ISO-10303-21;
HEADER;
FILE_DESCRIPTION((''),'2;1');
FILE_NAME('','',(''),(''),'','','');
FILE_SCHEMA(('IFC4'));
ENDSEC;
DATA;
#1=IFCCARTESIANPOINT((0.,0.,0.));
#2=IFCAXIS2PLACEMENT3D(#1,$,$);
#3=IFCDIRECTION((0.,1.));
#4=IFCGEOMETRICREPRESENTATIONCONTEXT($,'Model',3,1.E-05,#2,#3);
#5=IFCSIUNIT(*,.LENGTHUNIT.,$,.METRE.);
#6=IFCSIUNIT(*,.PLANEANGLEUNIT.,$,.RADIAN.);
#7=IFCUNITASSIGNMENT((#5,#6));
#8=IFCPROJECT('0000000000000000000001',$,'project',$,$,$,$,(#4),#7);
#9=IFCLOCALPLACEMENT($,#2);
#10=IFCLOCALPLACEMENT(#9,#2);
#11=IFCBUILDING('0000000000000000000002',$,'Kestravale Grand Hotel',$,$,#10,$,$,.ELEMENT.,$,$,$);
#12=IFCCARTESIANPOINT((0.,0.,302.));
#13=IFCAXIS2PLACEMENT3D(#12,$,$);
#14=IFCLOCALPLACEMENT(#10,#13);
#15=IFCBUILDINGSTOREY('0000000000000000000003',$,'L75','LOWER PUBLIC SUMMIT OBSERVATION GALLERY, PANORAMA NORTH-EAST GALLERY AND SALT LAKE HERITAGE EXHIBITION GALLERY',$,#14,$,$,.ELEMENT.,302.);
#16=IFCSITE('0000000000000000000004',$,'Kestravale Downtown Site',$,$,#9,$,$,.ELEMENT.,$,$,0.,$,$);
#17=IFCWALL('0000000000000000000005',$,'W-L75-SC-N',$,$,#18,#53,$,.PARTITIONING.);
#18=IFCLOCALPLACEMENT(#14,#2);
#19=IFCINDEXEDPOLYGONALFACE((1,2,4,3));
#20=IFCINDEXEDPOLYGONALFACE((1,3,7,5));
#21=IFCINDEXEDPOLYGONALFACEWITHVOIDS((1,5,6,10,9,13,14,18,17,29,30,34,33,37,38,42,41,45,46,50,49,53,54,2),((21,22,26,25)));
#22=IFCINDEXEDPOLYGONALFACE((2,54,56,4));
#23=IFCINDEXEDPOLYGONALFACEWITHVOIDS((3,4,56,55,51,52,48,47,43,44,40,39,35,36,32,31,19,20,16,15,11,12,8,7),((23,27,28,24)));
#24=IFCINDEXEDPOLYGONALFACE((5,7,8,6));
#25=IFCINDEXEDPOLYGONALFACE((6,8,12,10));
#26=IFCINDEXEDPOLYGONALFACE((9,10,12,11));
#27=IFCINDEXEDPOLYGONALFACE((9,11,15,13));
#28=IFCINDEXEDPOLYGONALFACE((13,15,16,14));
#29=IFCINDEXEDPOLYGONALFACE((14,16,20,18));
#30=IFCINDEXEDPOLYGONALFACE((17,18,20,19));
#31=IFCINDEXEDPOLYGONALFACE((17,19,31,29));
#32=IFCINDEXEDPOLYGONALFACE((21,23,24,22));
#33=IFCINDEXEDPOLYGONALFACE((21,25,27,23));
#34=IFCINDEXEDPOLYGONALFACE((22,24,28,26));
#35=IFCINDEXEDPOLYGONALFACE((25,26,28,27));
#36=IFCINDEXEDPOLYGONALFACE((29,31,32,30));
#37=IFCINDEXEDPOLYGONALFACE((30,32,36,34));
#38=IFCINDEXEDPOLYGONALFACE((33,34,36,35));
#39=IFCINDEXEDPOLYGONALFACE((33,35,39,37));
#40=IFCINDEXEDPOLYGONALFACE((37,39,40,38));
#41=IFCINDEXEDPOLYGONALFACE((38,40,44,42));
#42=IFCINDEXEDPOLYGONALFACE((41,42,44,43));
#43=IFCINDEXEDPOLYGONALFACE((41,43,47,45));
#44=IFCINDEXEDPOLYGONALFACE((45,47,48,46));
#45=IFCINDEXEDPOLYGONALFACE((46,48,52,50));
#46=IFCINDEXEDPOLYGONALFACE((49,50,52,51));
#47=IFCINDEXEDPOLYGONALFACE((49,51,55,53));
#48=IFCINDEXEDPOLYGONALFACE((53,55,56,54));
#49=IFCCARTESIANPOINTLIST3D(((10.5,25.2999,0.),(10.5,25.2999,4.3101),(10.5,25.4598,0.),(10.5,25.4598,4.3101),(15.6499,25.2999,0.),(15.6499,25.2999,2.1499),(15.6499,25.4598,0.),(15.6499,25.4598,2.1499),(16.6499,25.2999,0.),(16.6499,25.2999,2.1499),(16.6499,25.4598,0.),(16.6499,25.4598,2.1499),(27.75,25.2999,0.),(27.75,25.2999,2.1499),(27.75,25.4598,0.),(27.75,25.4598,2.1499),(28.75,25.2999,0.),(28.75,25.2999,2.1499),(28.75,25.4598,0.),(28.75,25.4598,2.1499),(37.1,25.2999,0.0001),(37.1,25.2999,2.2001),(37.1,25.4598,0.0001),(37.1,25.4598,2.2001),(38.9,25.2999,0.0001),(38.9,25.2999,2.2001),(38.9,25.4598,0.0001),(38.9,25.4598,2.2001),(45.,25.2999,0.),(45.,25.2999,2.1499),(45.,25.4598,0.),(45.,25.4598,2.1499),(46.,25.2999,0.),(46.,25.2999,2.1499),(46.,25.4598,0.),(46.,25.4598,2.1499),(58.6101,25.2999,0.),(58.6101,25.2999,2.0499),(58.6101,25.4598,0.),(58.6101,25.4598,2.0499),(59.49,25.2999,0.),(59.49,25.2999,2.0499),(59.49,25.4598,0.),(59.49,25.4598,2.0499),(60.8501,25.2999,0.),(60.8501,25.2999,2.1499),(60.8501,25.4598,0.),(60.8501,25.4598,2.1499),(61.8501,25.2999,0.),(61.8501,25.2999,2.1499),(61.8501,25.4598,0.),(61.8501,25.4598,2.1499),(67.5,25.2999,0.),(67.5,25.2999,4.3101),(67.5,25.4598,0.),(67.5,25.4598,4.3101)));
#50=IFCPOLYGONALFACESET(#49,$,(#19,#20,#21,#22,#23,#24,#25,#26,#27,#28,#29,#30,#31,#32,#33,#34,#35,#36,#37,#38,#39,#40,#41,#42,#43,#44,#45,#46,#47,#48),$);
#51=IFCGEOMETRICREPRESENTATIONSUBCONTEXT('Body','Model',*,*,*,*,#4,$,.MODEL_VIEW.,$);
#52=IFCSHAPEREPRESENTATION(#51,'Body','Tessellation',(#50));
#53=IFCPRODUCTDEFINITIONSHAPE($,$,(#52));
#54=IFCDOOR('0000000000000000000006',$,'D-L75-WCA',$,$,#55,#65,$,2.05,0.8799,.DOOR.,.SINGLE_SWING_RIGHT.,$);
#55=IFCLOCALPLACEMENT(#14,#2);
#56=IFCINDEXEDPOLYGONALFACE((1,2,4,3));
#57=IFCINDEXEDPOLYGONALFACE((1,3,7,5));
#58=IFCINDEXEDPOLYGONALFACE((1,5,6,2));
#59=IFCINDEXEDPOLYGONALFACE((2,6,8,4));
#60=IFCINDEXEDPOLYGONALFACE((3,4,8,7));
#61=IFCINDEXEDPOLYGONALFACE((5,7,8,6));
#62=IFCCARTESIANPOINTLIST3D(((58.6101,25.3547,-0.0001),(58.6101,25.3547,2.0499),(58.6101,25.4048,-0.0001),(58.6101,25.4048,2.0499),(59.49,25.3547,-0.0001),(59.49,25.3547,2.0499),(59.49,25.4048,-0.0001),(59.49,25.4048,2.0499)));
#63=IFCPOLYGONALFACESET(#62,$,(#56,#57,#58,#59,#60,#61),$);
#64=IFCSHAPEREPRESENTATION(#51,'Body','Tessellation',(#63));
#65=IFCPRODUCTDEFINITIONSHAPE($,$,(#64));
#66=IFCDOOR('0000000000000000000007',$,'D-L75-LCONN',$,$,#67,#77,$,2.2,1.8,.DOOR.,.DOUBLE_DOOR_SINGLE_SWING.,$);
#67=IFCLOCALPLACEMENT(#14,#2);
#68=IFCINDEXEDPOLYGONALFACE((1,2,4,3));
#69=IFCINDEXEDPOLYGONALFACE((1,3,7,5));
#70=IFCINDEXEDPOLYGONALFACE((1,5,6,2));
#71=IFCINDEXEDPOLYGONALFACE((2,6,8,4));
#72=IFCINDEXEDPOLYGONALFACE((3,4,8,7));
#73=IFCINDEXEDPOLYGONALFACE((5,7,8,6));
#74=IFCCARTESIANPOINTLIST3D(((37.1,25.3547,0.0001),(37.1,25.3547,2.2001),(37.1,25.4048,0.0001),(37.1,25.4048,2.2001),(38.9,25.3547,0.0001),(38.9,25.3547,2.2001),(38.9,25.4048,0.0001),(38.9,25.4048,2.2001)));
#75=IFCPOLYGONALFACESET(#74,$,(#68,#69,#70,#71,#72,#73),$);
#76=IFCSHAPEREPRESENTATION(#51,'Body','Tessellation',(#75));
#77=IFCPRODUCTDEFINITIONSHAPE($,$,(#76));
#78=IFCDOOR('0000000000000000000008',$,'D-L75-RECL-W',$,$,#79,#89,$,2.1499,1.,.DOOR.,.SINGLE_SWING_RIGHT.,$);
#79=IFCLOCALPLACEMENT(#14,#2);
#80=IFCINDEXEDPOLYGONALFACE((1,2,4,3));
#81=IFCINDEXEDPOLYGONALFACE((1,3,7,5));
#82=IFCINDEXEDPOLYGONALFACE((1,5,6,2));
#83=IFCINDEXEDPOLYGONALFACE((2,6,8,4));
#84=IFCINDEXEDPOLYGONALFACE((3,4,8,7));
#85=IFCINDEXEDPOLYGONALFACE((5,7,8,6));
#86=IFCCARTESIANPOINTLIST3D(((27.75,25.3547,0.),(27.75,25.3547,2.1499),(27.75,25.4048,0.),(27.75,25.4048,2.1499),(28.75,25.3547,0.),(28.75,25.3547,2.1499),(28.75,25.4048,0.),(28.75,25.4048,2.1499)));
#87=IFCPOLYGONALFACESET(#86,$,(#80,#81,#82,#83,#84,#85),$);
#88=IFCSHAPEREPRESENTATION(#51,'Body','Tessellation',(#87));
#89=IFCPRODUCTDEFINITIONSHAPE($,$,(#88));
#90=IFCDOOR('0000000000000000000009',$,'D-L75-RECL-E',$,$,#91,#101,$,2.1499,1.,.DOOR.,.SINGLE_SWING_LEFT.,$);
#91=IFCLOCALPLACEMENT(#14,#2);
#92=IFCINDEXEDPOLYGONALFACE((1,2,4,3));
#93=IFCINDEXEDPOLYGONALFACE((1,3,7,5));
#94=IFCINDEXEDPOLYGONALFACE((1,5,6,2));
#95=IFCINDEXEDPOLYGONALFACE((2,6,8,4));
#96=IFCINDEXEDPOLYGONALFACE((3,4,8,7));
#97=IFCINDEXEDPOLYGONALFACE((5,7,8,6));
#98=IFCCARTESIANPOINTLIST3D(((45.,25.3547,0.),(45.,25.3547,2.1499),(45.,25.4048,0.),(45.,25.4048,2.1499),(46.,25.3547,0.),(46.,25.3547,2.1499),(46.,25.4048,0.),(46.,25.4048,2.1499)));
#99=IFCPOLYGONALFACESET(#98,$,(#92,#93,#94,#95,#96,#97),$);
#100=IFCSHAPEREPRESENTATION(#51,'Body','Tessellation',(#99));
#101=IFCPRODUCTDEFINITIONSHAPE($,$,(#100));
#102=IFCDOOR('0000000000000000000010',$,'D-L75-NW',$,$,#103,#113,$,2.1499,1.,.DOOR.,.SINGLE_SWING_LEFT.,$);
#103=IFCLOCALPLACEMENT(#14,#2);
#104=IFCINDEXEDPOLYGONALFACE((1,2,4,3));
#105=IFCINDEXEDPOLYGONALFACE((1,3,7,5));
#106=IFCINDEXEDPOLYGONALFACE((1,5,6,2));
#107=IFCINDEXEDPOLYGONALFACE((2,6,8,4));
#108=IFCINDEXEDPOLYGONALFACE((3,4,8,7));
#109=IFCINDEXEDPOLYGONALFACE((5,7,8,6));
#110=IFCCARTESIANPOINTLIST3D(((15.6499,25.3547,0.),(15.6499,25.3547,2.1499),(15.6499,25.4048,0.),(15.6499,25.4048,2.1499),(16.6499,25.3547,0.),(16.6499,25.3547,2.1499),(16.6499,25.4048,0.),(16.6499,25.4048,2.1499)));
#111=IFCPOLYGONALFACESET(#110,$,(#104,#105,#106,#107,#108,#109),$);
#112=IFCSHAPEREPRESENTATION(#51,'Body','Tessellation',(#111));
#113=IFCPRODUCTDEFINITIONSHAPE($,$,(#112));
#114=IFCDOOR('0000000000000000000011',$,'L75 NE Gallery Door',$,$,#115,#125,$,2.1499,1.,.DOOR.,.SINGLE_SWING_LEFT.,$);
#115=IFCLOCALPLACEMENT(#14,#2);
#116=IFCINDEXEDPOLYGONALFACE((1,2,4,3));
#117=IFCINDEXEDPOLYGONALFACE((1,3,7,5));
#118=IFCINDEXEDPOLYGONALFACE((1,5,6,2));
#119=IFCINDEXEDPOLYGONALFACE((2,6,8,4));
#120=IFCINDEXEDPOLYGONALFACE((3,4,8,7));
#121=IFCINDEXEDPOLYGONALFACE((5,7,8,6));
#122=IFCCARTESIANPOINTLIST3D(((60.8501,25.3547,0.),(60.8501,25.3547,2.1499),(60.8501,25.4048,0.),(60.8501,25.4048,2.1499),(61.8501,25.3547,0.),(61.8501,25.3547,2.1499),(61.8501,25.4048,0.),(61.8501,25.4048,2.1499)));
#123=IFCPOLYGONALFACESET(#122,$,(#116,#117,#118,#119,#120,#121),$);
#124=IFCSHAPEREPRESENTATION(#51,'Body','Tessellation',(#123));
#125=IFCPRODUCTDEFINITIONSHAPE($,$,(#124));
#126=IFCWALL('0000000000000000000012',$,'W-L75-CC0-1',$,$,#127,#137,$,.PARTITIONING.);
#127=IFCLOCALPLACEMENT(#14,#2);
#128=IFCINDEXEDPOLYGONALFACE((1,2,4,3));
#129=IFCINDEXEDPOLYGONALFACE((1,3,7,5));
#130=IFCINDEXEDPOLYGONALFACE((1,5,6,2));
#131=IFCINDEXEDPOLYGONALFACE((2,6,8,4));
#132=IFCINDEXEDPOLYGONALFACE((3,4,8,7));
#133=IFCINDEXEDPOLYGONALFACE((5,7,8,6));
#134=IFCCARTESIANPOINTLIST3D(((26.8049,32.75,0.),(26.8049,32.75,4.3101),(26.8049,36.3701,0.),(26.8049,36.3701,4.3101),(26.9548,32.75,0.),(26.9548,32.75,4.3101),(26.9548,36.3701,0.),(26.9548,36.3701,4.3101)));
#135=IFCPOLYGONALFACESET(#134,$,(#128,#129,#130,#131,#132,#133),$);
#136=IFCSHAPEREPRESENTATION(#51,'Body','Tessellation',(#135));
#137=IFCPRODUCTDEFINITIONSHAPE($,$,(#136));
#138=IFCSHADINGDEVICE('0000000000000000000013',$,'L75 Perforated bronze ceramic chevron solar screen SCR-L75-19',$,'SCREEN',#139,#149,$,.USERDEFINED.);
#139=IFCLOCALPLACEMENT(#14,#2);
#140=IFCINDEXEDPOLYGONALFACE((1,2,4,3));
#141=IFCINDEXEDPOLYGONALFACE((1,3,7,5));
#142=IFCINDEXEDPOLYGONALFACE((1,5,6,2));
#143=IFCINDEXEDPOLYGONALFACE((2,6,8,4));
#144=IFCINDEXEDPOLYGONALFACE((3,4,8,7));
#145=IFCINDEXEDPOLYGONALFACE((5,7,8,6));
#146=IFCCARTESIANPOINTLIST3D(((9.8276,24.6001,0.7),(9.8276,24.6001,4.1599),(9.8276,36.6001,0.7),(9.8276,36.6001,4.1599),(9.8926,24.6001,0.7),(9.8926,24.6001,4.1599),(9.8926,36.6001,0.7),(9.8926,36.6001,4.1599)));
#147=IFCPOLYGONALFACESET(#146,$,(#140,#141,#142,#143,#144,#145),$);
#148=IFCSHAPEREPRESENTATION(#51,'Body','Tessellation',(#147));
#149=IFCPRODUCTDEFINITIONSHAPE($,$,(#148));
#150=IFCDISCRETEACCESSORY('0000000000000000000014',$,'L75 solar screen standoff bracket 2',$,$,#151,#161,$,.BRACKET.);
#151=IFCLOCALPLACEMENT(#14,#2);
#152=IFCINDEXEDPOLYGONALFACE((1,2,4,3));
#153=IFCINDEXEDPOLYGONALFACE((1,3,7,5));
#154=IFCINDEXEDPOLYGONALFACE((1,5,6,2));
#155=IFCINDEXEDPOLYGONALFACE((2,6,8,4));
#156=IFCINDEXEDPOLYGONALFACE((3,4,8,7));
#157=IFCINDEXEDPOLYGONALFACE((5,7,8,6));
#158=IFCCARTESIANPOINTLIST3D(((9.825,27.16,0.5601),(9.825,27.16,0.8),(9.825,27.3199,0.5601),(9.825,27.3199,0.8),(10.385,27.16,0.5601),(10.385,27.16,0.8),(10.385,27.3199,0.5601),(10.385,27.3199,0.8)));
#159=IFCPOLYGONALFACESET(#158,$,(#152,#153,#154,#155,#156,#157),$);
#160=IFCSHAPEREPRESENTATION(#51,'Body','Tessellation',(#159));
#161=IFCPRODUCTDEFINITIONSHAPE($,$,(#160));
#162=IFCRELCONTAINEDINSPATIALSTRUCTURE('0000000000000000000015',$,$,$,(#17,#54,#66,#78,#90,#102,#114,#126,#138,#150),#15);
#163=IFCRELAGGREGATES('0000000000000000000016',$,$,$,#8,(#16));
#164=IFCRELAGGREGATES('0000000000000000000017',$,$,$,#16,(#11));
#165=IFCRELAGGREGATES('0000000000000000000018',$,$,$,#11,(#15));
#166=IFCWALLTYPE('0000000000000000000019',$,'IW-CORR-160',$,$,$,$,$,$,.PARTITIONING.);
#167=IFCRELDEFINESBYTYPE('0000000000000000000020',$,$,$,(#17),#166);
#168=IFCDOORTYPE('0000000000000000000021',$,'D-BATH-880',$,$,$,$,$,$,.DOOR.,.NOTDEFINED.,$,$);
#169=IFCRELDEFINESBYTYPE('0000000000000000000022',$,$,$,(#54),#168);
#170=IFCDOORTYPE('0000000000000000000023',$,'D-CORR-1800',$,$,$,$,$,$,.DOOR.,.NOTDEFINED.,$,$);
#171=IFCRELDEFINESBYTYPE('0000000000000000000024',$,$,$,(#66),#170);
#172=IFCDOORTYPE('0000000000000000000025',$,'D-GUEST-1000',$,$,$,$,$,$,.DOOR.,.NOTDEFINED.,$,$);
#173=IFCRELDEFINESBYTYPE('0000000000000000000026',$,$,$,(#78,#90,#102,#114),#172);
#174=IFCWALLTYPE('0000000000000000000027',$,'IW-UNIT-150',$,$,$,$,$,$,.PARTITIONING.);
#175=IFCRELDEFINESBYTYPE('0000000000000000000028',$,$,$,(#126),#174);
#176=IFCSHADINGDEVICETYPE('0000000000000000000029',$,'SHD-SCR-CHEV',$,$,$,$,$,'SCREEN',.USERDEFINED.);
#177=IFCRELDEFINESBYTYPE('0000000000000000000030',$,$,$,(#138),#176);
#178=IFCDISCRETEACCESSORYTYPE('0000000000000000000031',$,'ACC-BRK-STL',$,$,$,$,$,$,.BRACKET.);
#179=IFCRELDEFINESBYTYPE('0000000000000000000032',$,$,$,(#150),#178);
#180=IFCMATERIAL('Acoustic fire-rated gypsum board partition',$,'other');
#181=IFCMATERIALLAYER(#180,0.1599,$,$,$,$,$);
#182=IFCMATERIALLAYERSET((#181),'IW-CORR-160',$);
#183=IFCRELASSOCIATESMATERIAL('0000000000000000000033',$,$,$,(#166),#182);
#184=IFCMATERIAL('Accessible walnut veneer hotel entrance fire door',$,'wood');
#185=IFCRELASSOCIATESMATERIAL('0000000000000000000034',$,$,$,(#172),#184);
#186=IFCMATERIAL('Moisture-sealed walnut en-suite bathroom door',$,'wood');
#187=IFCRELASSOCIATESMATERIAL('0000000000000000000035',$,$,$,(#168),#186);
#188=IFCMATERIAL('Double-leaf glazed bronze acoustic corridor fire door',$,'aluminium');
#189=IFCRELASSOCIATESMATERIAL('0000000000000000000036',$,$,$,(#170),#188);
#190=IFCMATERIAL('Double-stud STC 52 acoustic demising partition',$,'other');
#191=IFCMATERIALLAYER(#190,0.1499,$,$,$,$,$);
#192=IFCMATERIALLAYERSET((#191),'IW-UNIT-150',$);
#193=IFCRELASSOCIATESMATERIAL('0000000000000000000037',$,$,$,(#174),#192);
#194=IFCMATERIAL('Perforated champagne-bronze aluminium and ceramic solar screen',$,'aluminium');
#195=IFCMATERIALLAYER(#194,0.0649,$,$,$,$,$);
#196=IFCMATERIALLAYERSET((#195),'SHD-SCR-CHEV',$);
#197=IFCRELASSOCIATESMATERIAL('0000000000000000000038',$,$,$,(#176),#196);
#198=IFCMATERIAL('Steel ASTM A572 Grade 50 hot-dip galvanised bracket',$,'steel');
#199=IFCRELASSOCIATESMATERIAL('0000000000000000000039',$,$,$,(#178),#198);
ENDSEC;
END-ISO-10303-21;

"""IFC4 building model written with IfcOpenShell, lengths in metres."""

from ifc_helpers import new_model, si_unit, direction, frame, frame_2d, origin, origin_2d, place, context, subcontext, project, spatial, rectangle, extrude, material, layer, layer_set, type_object, element, fill, save


model = new_model("IFC4")

# Units and contexts
model_context = context("Model", 3, precision=1e-05, world=origin(), true_north=direction((0.0, 1.0)))
body_context = subcontext(model_context, "Body", "Model", "MODEL_VIEW")
ifc_project = project(units=[si_unit("LENGTHUNIT", "METRE"), si_unit("PLANEANGLEUNIT", "RADIAN")], contexts=[model_context])

# Site, building, storey
site_placement = place(None, origin())
site = spatial("IfcSite", under=ifc_project, at=site_placement, Name="Kestravale Downtown Site", CompositionType="ELEMENT", RefElevation=0.0)
building_placement = place(site_placement, origin())
building = spatial("IfcBuilding", under=site, at=building_placement, Name="Kestravale Grand Hotel", CompositionType="ELEMENT")
storey_placement = place(building_placement, frame((0.0, 0.0, 302.0)))
storey = spatial("IfcBuildingStorey", under=building, at=storey_placement, Name="L75", Description="LOWER PUBLIC SUMMIT OBSERVATION GALLERY, PANORAMA NORTH-EAST GALLERY AND SALT LAKE HERITAGE EXHIBITION GALLERY", CompositionType="ELEMENT", Elevation=302.0)

# Shared definitions
ifc_material_1 = material(Name="Acoustic fire-rated gypsum board partition", Category="other")
ifc_layer_1 = layer(ifc_material_1, 0.1599)
ifc_layer_set_1 = layer_set([ifc_layer_1], Name="IW-CORR-160")
wall_type_1 = type_object("IfcWallType", Name="IW-CORR-160", PredefinedType="PARTITIONING", material=ifc_layer_set_1)

# Wall, openings, doors
ifc_material_2 = material(Name="Accessible walnut veneer hotel entrance fire door", Category="wood")
door_type_1 = type_object("IfcDoorType", Name="D-GUEST-1000", OperationType="NOTDEFINED", PredefinedType="DOOR", material=ifc_material_2)
wall_1_placement = place(storey_placement, frame((10.5, 25.3799, 0.0), z_axis=(0.0, 0.0, 1.0), x_axis=(1.0, 0.0, 0.0)))
wall_1 = element("IfcWall", 1, at=wall_1_placement, inside=storey, type_object=wall_type_1, Name="W-L75-SC-N", PredefinedType="PARTITIONING", context=body_context, shape_type="SweptSolid", body=[
    extrude(rectangle(XDim=57.0, YDim=0.1599, at=frame_2d((28.5, 0.0))), origin(), (0.0, 0.0, 1.0), 4.3101),
])
opening_1_placement = place(wall_1_placement, frame((26.6001, 0.0, 0.0)))
opening_1 = element("IfcOpeningElement", 2, at=opening_1_placement, cuts=wall_1, PredefinedType="OPENING", context=body_context, shape_type="SweptSolid", body=[
    extrude(rectangle(XDim=1.8, YDim=2.2, at=frame_2d((0.8999, 1.1001))), frame((0.0, 0.0898, 0.0), z_axis=(0.0, -1.0, 0.0), x_axis=(1.0, 0.0, 0.0)), (0.0, 0.0, 1.0), 0.1799),
])
opening_2_placement = place(wall_1_placement, frame((17.25, 0.0, 0.0)))
opening_2 = element("IfcOpeningElement", 3, at=opening_2_placement, cuts=wall_1, PredefinedType="OPENING", context=body_context, shape_type="SweptSolid", body=[
    extrude(rectangle(XDim=1.0, YDim=2.1499, at=frame_2d((0.5, 1.075))), frame((0.0, 0.0898, 0.0), z_axis=(0.0, -1.0, 0.0), x_axis=(1.0, 0.0, 0.0)), (0.0, 0.0, 1.0), 0.1799),
])
opening_3_placement = place(wall_1_placement, frame((34.5, 0.0, 0.0)))
opening_3 = element("IfcOpeningElement", 4, at=opening_3_placement, cuts=wall_1, PredefinedType="OPENING", context=body_context, shape_type="SweptSolid", body=[
    extrude(rectangle(XDim=1.0, YDim=2.1499, at=frame_2d((0.5, 1.075))), frame((0.0, 0.0898, 0.0), z_axis=(0.0, -1.0, 0.0), x_axis=(1.0, 0.0, 0.0)), (0.0, 0.0, 1.0), 0.1799),
])
opening_4_placement = place(wall_1_placement, frame((5.1499, 0.0, 0.0)))
opening_4 = element("IfcOpeningElement", 5, at=opening_4_placement, cuts=wall_1, PredefinedType="OPENING", context=body_context, shape_type="SweptSolid", body=[
    extrude(rectangle(XDim=1.0, YDim=2.1499, at=frame_2d((0.5, 1.075))), frame((0.0, 0.0898, 0.0), z_axis=(0.0, -1.0, 0.0), x_axis=(1.0, 0.0, 0.0)), (0.0, 0.0, 1.0), 0.1799),
])
opening_5_placement = place(wall_1_placement, frame((48.1101, 0.0, 0.0)))
opening_5 = element("IfcOpeningElement", 6, at=opening_5_placement, cuts=wall_1, PredefinedType="OPENING", context=body_context, shape_type="SweptSolid", body=[
    extrude(rectangle(XDim=0.8799, YDim=2.05, at=frame_2d((0.4399, 1.0249))), frame((0.0, 0.0898, 0.0), z_axis=(0.0, -1.0, 0.0), x_axis=(1.0, 0.0, 0.0)), (0.0, 0.0, 1.0), 0.1799),
])
opening_6_placement = place(wall_1_placement, frame((50.3501, 0.0, 0.0)))
opening_6 = element("IfcOpeningElement", 7, at=opening_6_placement, cuts=wall_1, PredefinedType="OPENING", context=body_context, shape_type="SweptSolid", body=[
    extrude(rectangle(XDim=1.0, YDim=2.1499, at=frame_2d((0.5, 1.075))), frame((0.0, 0.0898, 0.0), z_axis=(0.0, -1.0, 0.0), x_axis=(1.0, 0.0, 0.0)), (0.0, 0.0, 1.0), 0.1799),
])
ifc_material_3 = material(Name="Moisture-sealed walnut en-suite bathroom door", Category="wood")
door_type_2 = type_object("IfcDoorType", Name="D-BATH-880", OperationType="NOTDEFINED", PredefinedType="DOOR", material=ifc_material_3)
door_1_placement = place(opening_5_placement, origin())
door_1 = element("IfcDoor", 8, at=door_1_placement, inside=storey, type_object=door_type_2, Name="D-L75-WCA", OperationType="SINGLE_SWING_RIGHT", OverallHeight=2.05, OverallWidth=0.8799, PredefinedType="DOOR", context=body_context, shape_type="SweptSolid", body=[
    extrude(rectangle(XDim=0.8799, YDim=2.05, at=frame_2d((0.4399, 1.0249))), frame((0.0, 0.0249, 0.0), z_axis=(0.0, -1.0, 0.0), x_axis=(1.0, 0.0, 0.0)), (0.0, 0.0, 1.0), 0.05),
])
fill(opening_5, door_1)
ifc_material_4 = material(Name="Double-leaf glazed bronze acoustic corridor fire door", Category="aluminium")
door_type_3 = type_object("IfcDoorType", Name="D-CORR-1800", OperationType="NOTDEFINED", PredefinedType="DOOR", material=ifc_material_4)
door_2_placement = place(opening_1_placement, origin())
door_2 = element("IfcDoor", 9, at=door_2_placement, inside=storey, type_object=door_type_3, Name="D-L75-LCONN", OperationType="DOUBLE_DOOR_SINGLE_SWING", OverallHeight=2.2, OverallWidth=1.8, PredefinedType="DOOR", context=body_context, shape_type="SweptSolid", body=[
    extrude(rectangle(XDim=1.8, YDim=2.2, at=frame_2d((0.8999, 1.1001))), frame((0.0, 0.0249, 0.0), z_axis=(0.0, -1.0, 0.0), x_axis=(1.0, 0.0, 0.0)), (0.0, 0.0, 1.0), 0.05),
])
fill(opening_1, door_2)
door_3_placement = place(opening_2_placement, origin())
door_3 = element("IfcDoor", 10, at=door_3_placement, inside=storey, type_object=door_type_1, Name="D-L75-RECL-W", OperationType="SINGLE_SWING_RIGHT", OverallHeight=2.1499, OverallWidth=1.0, PredefinedType="DOOR", context=body_context, shape_type="SweptSolid", body=[
    extrude(rectangle(XDim=1.0, YDim=2.1499, at=frame_2d((0.5, 1.075))), frame((0.0, 0.0249, 0.0), z_axis=(0.0, -1.0, 0.0), x_axis=(1.0, 0.0, 0.0)), (0.0, 0.0, 1.0), 0.05),
])
fill(opening_2, door_3)
door_4_placement = place(opening_3_placement, origin())
door_4 = element("IfcDoor", 11, at=door_4_placement, inside=storey, type_object=door_type_1, Name="D-L75-RECL-E", OperationType="SINGLE_SWING_LEFT", OverallHeight=2.1499, OverallWidth=1.0, PredefinedType="DOOR", context=body_context, shape_type="SweptSolid", body=[
    extrude(rectangle(XDim=1.0, YDim=2.1499, at=frame_2d((0.5, 1.075))), frame((0.0, 0.0249, 0.0), z_axis=(0.0, -1.0, 0.0), x_axis=(1.0, 0.0, 0.0)), (0.0, 0.0, 1.0), 0.05),
])
fill(opening_3, door_4)
door_5_placement = place(opening_4_placement, origin())
door_5 = element("IfcDoor", 12, at=door_5_placement, inside=storey, type_object=door_type_1, Name="D-L75-NW", OperationType="SINGLE_SWING_LEFT", OverallHeight=2.1499, OverallWidth=1.0, PredefinedType="DOOR", context=body_context, shape_type="SweptSolid", body=[
    extrude(rectangle(XDim=1.0, YDim=2.1499, at=frame_2d((0.5, 1.075))), frame((0.0, 0.0249, 0.0), z_axis=(0.0, -1.0, 0.0), x_axis=(1.0, 0.0, 0.0)), (0.0, 0.0, 1.0), 0.05),
])
fill(opening_4, door_5)
door_6_placement = place(opening_6_placement, origin())
door_6 = element("IfcDoor", 13, at=door_6_placement, inside=storey, type_object=door_type_1, Name="L75 NE Gallery Door", OperationType="SINGLE_SWING_LEFT", OverallHeight=2.1499, OverallWidth=1.0, PredefinedType="DOOR", context=body_context, shape_type="SweptSolid", body=[
    extrude(rectangle(XDim=1.0, YDim=2.1499, at=frame_2d((0.5, 1.075))), frame((0.0, 0.0249, 0.0), z_axis=(0.0, -1.0, 0.0), x_axis=(1.0, 0.0, 0.0)), (0.0, 0.0, 1.0), 0.05),
])
fill(opening_6, door_6)

# Wall
ifc_material_5 = material(Name="Double-stud STC 52 acoustic demising partition", Category="other")
ifc_layer_2 = layer(ifc_material_5, 0.1499)
ifc_layer_set_2 = layer_set([ifc_layer_2], Name="IW-UNIT-150")
wall_type_2 = type_object("IfcWallType", Name="IW-UNIT-150", PredefinedType="PARTITIONING", material=ifc_layer_set_2)
wall_2_placement = place(storey_placement, frame((26.8799, 32.75, 0.0), z_axis=(0.0, 0.0, 1.0), x_axis=(0.0, 1.0, 0.0)))
element("IfcWall", 14, at=wall_2_placement, inside=storey, type_object=wall_type_2, Name="W-L75-CC0-1", PredefinedType="PARTITIONING", context=body_context, shape_type="SweptSolid", body=[
    extrude(rectangle(XDim=3.6201, YDim=0.1499, at=frame_2d((1.8101, 0.0))), origin(), (0.0, 0.0, 1.0), 4.3101),
])

# Shading device
ifc_material_6 = material(Name="Perforated champagne-bronze aluminium and ceramic solar screen", Category="aluminium")
ifc_layer_3 = layer(ifc_material_6, 0.0649)
ifc_layer_set_3 = layer_set([ifc_layer_3], Name="SHD-SCR-CHEV")
shading_device_type = type_object("IfcShadingDeviceType", Name="SHD-SCR-CHEV", ElementType="SCREEN", PredefinedType="USERDEFINED", material=ifc_layer_set_3)
shading_device_placement = place(storey_placement, frame((9.8601, 30.6001, 0.7), z_axis=(0.0, 0.0, 1.0), x_axis=(0.0, -1.0, 0.0)))
element("IfcShadingDevice", 15, at=shading_device_placement, inside=storey, type_object=shading_device_type, Name="L75 Perforated bronze ceramic chevron solar screen SCR-L75-19", ObjectType="SCREEN", PredefinedType="USERDEFINED", context=body_context, shape_type="SweptSolid", body=[
    extrude(rectangle(XDim=12.0, YDim=0.0649, at=origin_2d()), origin(), (0.0, 0.0, 1.0), 3.46),
])

# Discrete accessory
ifc_material_7 = material(Name="Steel ASTM A572 Grade 50 hot-dip galvanised bracket", Category="steel")
discrete_accessory_type = type_object("IfcDiscreteAccessoryType", Name="ACC-BRK-STL", PredefinedType="BRACKET", material=ifc_material_7)
discrete_accessory_placement = place(storey_placement, frame((10.105, 27.24, 0.5601), z_axis=(0.0, 0.0, 1.0), x_axis=(0.0, -1.0, 0.0)))
element("IfcDiscreteAccessory", 16, at=discrete_accessory_placement, inside=storey, type_object=discrete_accessory_type, Name="L75 solar screen standoff bracket 2", PredefinedType="BRACKET", context=body_context, shape_type="SweptSolid", body=[
    extrude(rectangle(XDim=0.1599, YDim=0.5601, at=origin_2d()), origin(), (0.0, 0.0, 1.0), 0.24),
])

save(model, "model.ifc")
